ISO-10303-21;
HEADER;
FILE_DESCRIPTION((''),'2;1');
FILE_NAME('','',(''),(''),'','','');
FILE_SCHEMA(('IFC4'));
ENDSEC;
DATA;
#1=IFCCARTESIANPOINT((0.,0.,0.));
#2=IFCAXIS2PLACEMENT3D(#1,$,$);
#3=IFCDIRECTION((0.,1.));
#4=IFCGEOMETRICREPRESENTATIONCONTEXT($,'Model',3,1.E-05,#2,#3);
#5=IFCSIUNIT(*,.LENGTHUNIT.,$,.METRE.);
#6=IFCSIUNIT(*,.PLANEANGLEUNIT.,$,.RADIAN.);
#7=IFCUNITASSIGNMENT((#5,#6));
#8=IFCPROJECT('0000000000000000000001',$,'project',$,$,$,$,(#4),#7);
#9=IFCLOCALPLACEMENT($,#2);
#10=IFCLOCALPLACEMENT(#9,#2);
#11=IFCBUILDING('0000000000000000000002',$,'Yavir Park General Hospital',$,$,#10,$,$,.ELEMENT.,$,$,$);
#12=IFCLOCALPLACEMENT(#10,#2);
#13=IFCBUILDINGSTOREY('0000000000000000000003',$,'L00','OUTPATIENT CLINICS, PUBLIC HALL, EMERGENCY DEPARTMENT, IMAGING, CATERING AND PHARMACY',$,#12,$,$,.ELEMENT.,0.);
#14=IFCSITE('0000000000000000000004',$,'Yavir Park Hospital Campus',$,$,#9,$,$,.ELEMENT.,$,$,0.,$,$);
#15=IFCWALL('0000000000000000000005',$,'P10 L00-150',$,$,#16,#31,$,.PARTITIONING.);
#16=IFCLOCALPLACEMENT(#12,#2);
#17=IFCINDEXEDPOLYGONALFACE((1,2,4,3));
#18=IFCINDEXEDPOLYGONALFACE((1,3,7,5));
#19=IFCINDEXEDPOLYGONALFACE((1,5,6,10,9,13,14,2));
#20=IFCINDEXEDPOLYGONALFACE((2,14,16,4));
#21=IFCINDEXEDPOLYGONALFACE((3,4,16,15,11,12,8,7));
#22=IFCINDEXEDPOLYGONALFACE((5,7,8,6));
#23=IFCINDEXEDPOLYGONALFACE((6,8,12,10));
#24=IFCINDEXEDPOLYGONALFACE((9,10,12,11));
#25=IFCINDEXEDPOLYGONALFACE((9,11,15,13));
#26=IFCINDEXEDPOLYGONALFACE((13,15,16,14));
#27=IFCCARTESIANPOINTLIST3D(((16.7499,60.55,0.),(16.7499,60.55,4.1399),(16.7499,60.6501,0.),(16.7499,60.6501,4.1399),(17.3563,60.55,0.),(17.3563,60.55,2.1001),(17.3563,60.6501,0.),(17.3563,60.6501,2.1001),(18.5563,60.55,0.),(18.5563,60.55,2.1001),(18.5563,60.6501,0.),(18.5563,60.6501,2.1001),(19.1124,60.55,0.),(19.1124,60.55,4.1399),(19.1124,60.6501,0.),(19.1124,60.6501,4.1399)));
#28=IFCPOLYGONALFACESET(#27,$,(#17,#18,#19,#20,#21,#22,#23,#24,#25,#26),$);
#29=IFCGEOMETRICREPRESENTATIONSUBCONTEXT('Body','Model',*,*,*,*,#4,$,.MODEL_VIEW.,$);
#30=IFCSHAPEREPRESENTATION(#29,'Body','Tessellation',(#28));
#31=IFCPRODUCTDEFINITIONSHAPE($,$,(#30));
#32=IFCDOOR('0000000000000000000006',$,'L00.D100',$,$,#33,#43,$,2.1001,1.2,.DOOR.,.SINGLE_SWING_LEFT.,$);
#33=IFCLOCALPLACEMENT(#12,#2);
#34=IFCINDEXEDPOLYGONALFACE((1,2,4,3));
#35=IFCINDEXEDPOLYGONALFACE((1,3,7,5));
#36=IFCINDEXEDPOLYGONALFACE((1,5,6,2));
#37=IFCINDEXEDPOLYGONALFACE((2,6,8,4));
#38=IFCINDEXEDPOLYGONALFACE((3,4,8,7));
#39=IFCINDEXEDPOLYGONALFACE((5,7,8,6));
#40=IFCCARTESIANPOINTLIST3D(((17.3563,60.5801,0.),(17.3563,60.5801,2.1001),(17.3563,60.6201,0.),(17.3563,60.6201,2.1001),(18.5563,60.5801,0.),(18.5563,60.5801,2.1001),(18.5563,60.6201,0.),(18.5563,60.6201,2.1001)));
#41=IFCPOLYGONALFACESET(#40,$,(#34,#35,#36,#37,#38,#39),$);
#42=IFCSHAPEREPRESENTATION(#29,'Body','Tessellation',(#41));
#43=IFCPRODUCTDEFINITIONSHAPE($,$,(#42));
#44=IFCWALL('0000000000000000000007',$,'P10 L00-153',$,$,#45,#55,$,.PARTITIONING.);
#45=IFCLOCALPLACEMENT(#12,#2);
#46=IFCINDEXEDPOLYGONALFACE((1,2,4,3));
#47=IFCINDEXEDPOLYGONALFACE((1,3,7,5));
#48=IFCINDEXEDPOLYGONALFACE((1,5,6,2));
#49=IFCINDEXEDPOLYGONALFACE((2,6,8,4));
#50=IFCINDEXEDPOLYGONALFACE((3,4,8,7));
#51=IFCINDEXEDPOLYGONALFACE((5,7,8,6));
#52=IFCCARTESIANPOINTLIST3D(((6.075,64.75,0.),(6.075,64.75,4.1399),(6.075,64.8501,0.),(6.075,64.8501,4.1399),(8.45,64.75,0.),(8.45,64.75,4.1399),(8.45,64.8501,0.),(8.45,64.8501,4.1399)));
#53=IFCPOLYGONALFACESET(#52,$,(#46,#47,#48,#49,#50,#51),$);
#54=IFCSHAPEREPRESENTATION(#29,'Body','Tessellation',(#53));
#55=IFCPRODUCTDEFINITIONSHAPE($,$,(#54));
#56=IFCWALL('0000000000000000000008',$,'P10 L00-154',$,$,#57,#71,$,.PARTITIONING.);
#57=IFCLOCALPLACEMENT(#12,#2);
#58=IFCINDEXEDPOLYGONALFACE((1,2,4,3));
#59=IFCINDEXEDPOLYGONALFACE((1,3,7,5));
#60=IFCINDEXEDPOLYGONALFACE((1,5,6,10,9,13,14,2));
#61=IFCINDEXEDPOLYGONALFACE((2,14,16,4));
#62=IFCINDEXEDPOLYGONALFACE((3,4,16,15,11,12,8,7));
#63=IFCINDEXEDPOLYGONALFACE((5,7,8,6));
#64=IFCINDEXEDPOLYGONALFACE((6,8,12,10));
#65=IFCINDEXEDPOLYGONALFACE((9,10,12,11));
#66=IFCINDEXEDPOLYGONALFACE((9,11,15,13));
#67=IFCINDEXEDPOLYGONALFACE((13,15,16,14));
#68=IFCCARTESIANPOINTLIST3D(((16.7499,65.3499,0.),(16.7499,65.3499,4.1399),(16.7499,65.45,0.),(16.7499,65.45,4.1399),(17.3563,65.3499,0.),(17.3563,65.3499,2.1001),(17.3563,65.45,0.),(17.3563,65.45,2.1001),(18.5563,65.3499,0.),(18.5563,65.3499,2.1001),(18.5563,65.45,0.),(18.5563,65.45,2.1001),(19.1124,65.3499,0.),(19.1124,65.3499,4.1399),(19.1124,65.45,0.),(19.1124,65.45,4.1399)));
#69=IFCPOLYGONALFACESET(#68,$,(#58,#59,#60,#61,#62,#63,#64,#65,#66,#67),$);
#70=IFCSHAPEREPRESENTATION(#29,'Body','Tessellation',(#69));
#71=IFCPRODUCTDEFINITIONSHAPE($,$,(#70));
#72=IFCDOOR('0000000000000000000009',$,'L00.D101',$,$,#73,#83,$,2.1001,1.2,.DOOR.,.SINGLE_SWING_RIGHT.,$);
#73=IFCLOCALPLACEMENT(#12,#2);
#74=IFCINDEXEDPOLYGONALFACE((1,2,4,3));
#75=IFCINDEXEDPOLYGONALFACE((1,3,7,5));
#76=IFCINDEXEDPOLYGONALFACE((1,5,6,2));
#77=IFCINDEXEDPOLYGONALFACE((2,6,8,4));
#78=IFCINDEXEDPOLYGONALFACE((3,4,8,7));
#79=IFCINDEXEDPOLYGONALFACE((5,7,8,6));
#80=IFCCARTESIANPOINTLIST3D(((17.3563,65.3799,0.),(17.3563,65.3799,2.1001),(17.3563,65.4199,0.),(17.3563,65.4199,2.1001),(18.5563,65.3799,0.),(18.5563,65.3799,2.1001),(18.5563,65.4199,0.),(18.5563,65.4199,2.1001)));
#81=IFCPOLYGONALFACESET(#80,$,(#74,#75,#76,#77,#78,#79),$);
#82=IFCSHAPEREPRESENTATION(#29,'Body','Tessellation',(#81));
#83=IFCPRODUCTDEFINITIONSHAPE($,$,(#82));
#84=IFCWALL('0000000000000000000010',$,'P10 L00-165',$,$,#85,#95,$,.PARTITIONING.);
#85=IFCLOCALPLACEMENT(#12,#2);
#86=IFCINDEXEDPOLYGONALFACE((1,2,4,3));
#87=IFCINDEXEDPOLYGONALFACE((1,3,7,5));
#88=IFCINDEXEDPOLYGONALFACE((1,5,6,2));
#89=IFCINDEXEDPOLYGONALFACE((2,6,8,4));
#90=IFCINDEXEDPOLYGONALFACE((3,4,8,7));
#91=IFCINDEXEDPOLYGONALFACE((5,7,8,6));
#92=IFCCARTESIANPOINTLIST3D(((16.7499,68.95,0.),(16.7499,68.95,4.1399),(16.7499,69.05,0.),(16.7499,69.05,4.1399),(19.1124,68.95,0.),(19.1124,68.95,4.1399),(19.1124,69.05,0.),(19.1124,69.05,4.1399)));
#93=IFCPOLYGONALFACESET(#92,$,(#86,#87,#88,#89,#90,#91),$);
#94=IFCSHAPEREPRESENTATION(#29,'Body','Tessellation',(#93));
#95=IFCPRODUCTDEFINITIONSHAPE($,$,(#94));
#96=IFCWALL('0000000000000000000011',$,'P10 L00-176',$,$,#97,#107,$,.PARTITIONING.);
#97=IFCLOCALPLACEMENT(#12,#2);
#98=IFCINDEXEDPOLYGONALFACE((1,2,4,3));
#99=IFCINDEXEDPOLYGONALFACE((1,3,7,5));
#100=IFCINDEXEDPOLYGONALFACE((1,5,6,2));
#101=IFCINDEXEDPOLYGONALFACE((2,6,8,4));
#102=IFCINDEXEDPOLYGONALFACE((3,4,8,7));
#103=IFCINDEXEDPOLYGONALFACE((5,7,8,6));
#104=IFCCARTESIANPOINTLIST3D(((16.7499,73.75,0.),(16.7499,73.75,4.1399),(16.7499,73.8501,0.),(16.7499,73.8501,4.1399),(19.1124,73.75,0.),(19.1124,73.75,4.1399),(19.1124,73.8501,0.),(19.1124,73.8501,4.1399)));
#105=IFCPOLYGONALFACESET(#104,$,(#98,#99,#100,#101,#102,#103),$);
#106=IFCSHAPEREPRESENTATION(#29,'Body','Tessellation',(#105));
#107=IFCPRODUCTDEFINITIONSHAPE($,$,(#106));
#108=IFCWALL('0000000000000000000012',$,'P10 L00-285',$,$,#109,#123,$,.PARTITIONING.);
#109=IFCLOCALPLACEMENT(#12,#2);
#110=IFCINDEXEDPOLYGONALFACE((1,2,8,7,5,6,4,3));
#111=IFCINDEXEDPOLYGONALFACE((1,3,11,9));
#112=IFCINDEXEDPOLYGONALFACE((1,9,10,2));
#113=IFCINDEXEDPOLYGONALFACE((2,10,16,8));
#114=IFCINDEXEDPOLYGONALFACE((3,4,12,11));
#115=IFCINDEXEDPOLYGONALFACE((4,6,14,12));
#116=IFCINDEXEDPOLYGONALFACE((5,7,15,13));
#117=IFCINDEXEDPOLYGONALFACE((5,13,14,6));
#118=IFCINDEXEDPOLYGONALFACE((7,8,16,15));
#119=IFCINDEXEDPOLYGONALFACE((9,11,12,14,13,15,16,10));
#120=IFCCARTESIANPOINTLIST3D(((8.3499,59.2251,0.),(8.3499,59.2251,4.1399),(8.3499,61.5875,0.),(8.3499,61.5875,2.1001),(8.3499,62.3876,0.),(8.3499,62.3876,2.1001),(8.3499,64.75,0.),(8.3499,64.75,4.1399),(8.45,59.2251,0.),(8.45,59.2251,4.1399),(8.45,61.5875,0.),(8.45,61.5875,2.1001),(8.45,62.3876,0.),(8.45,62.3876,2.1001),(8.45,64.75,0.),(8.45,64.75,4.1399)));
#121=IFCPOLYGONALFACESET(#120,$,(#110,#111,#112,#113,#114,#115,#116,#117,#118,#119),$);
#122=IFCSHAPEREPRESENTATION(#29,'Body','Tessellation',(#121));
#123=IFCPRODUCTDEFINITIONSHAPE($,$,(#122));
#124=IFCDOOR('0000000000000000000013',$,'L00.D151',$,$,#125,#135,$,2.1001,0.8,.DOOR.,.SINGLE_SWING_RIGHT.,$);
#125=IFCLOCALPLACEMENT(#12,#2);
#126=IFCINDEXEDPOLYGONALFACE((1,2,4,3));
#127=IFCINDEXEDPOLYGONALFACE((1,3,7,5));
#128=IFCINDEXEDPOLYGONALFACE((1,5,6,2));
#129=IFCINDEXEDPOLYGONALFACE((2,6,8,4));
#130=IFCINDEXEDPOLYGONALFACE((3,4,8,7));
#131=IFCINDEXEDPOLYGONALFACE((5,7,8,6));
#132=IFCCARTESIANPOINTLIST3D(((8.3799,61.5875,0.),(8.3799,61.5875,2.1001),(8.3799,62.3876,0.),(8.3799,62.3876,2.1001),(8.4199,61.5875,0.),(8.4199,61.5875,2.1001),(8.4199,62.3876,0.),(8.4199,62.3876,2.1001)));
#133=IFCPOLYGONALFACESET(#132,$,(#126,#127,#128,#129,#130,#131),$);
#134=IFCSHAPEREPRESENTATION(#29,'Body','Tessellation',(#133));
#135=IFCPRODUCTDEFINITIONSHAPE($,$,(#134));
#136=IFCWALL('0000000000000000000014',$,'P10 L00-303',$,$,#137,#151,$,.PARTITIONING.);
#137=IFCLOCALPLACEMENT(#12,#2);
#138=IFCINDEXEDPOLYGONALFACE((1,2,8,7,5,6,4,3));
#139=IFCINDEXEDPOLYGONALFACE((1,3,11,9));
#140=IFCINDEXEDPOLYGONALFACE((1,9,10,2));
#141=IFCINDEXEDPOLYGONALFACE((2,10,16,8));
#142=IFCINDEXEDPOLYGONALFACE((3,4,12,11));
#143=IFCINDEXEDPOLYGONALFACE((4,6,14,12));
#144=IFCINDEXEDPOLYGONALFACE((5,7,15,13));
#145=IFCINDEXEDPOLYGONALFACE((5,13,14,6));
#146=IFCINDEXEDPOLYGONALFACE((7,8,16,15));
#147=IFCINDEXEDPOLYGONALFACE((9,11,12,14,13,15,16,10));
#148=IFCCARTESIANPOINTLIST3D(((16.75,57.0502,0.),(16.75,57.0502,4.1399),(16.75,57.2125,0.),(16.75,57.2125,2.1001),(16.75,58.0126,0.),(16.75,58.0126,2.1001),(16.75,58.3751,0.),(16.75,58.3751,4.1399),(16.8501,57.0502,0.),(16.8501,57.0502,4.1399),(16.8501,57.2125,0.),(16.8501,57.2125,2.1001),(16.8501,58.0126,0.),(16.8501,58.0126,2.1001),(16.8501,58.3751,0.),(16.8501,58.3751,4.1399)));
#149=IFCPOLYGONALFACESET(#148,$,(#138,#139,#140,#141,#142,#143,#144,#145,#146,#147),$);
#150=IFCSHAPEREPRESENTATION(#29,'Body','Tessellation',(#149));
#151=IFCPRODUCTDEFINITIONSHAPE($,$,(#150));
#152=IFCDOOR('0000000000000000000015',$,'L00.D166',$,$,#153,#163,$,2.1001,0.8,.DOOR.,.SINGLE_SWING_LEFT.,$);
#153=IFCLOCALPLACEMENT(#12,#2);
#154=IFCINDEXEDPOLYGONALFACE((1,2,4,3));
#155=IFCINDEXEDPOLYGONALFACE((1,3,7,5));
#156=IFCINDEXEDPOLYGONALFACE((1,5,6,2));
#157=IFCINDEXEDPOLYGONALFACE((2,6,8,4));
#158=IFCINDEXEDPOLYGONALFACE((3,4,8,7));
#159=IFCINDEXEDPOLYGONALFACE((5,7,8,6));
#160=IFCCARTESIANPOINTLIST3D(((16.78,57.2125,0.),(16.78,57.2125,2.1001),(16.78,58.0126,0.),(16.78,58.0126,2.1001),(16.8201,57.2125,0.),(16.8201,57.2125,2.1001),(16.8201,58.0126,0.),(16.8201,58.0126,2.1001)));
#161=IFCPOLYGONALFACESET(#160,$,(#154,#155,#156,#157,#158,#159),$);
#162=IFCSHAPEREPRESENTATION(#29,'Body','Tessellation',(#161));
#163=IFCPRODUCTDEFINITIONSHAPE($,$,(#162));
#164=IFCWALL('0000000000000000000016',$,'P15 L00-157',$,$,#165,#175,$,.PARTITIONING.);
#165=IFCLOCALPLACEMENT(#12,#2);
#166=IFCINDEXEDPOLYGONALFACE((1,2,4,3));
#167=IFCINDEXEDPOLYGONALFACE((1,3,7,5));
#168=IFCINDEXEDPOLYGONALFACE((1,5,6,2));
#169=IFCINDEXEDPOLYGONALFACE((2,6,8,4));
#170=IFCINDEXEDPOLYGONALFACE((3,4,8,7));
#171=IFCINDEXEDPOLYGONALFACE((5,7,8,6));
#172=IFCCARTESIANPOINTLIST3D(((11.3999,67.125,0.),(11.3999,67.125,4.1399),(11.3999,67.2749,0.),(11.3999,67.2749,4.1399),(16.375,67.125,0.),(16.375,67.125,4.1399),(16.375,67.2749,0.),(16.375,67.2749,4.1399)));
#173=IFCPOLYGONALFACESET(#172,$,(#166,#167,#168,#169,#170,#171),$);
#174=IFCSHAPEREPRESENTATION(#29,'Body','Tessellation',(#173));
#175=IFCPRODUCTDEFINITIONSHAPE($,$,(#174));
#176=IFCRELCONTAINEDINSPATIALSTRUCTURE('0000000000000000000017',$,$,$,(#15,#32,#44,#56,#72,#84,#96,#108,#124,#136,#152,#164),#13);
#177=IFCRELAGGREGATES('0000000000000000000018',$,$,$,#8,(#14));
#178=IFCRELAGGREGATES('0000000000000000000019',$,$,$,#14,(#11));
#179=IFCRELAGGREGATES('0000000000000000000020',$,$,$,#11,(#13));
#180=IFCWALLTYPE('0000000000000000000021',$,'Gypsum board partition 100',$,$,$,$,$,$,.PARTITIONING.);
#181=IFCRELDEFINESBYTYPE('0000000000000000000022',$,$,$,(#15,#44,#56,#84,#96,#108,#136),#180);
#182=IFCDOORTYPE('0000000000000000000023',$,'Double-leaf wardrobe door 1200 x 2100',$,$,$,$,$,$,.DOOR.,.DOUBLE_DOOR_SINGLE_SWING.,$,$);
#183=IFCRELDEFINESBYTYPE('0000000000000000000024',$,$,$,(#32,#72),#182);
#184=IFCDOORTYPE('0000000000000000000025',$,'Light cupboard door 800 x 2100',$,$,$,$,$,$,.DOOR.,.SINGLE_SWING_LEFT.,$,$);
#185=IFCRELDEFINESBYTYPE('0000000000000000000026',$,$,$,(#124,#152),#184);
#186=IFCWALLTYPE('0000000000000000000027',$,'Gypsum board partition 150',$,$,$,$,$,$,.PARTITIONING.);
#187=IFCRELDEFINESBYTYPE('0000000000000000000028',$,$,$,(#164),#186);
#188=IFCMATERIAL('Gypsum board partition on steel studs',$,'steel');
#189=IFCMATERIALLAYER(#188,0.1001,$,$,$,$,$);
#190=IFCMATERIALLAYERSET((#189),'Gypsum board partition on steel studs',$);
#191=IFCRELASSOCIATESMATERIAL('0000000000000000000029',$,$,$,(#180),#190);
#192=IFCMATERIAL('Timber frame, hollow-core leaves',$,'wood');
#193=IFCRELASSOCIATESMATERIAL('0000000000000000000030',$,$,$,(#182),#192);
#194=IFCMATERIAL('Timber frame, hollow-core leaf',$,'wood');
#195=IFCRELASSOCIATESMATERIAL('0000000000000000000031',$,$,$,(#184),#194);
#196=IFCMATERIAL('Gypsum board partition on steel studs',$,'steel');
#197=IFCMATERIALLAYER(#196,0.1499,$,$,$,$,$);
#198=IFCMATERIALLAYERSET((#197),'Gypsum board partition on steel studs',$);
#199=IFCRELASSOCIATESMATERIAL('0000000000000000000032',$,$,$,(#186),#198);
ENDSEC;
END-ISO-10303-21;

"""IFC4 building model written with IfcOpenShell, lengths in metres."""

from ifc_helpers import new_model, si_unit, direction, frame, frame_2d, origin, place, context, subcontext, project, spatial, rectangle, extrude, material, layer, layer_set, type_object, element, fill, save


model = new_model("IFC4")

# Units and contexts
model_context = context("Model", 3, precision=1e-05, world=origin(), true_north=direction((0.0, 1.0)))
body_context = subcontext(model_context, "Body", "Model", "MODEL_VIEW")
ifc_project = project(units=[si_unit("LENGTHUNIT", "METRE"), si_unit("PLANEANGLEUNIT", "RADIAN")], contexts=[model_context])

# Site, building, storey
site_placement = place(None, origin())
site = spatial("IfcSite", under=ifc_project, at=site_placement, Name="Yavir Park Hospital Campus", CompositionType="ELEMENT", RefElevation=0.0)
building_placement = place(site_placement, origin())
building = spatial("IfcBuilding", under=site, at=building_placement, Name="Yavir Park General Hospital", CompositionType="ELEMENT")
storey_placement = place(building_placement, origin())
storey = spatial("IfcBuildingStorey", under=building, at=storey_placement, Name="L00", Description="OUTPATIENT CLINICS, PUBLIC HALL, EMERGENCY DEPARTMENT, IMAGING, CATERING AND PHARMACY", CompositionType="ELEMENT", Elevation=0.0)

# Shared definitions
ifc_material_1 = material(Name="Gypsum board partition on steel studs", Category="steel")
ifc_layer_1 = layer(ifc_material_1, 0.1001)
ifc_layer_set_1 = layer_set([ifc_layer_1], Name="Gypsum board partition on steel studs")
wall_type_1 = type_object("IfcWallType", Name="Gypsum board partition 100", PredefinedType="PARTITIONING", material=ifc_layer_set_1)

# Wall, opening, door
wall_1_placement = place(storey_placement, frame((16.75, 60.6001, 0.0), z_axis=(0.0, 0.0, 1.0), x_axis=(1.0, 0.0, 0.0)))
wall_1 = element("IfcWall", 1, at=wall_1_placement, inside=storey, type_object=wall_type_1, Name="P10 L00-150", PredefinedType="PARTITIONING", context=body_context, shape_type="SweptSolid", body=[
    extrude(rectangle(XDim=2.3625, YDim=0.1001, at=frame_2d((1.1812, 0.0))), origin(), (0.0, 0.0, 1.0), 4.1399),
])
opening_1_placement = place(wall_1_placement, frame((0.6062, 0.0, 0.0)))
opening_1 = element("IfcOpeningElement", 2, at=opening_1_placement, cuts=wall_1, PredefinedType="OPENING", context=body_context, shape_type="SweptSolid", body=[
    extrude(rectangle(XDim=1.2, YDim=2.1001, at=frame_2d((0.6001, 1.05))), frame((0.0, 0.0601, 0.0), z_axis=(0.0, -1.0, 0.0), x_axis=(1.0, 0.0, 0.0)), (0.0, 0.0, 1.0), 0.1201),
])
ifc_material_2 = material(Name="Timber frame, hollow-core leaves", Category="wood")
door_type_1 = type_object("IfcDoorType", Name="Double-leaf wardrobe door 1200 x 2100", OperationType="DOUBLE_DOOR_SINGLE_SWING", PredefinedType="DOOR", material=ifc_material_2)
door_1_placement = place(opening_1_placement, origin())
door_1 = element("IfcDoor", 3, at=door_1_placement, inside=storey, type_object=door_type_1, Name="L00.D100", OperationType="SINGLE_SWING_LEFT", OverallHeight=2.1001, OverallWidth=1.2, PredefinedType="DOOR", context=body_context, shape_type="SweptSolid", body=[
    extrude(rectangle(XDim=1.2, YDim=2.1001, at=frame_2d((0.6001, 1.05))), frame((0.0, 0.02, 0.0), z_axis=(0.0, -1.0, 0.0), x_axis=(1.0, 0.0, 0.0)), (0.0, 0.0, 1.0), 0.04),
])
fill(opening_1, door_1)

# Wall
wall_2_placement = place(storey_placement, frame((6.075, 64.8, 0.0), z_axis=(0.0, 0.0, 1.0), x_axis=(1.0, 0.0, 0.0)))
element("IfcWall", 4, at=wall_2_placement, inside=storey, type_object=wall_type_1, Name="P10 L00-153", PredefinedType="PARTITIONING", context=body_context, shape_type="SweptSolid", body=[
    extrude(rectangle(XDim=2.375, YDim=0.1001, at=frame_2d((1.1875, 0.0))), origin(), (0.0, 0.0, 1.0), 4.1399),
])

# Wall, opening, door
wall_3_placement = place(storey_placement, frame((16.75, 65.3999, 0.0), z_axis=(0.0, 0.0, 1.0), x_axis=(1.0, 0.0, 0.0)))
wall_3 = element("IfcWall", 5, at=wall_3_placement, inside=storey, type_object=wall_type_1, Name="P10 L00-154", PredefinedType="PARTITIONING", context=body_context, shape_type="SweptSolid", body=[
    extrude(rectangle(XDim=2.3625, YDim=0.1001, at=frame_2d((1.1812, 0.0))), origin(), (0.0, 0.0, 1.0), 4.1399),
])
opening_2_placement = place(wall_3_placement, frame((0.6062, 0.0, 0.0)))
opening_2 = element("IfcOpeningElement", 6, at=opening_2_placement, cuts=wall_3, PredefinedType="OPENING", context=body_context, shape_type="SweptSolid", body=[
    extrude(rectangle(XDim=1.2, YDim=2.1001, at=frame_2d((0.6001, 1.05))), frame((0.0, 0.0601, 0.0), z_axis=(0.0, -1.0, 0.0), x_axis=(1.0, 0.0, 0.0)), (0.0, 0.0, 1.0), 0.1201),
])
door_2_placement = place(opening_2_placement, origin())
door_2 = element("IfcDoor", 7, at=door_2_placement, inside=storey, type_object=door_type_1, Name="L00.D101", OperationType="SINGLE_SWING_RIGHT", OverallHeight=2.1001, OverallWidth=1.2, PredefinedType="DOOR", context=body_context, shape_type="SweptSolid", body=[
    extrude(rectangle(XDim=1.2, YDim=2.1001, at=frame_2d((0.6001, 1.05))), frame((0.0, 0.02, 0.0), z_axis=(0.0, -1.0, 0.0), x_axis=(1.0, 0.0, 0.0)), (0.0, 0.0, 1.0), 0.04),
])
fill(opening_2, door_2)

# Walls
for number, where, z_axis, x_axis, name in (
    (8, (16.75, 69.0, 0.0), (0.0, 0.0, 1.0), (1.0, 0.0, 0.0), "P10 L00-165"),
    (9, (16.75, 73.8, 0.0), (0.0, 0.0, 1.0), (1.0, 0.0, 0.0), "P10 L00-176"),
):
    element("IfcWall", number, at=place(storey_placement, frame(where, z_axis=z_axis, x_axis=x_axis)), inside=storey, type_object=wall_type_1, Name=name, PredefinedType="PARTITIONING", context=body_context, shape_type="SweptSolid", body=[
        extrude(rectangle(XDim=2.3625, YDim=0.1001, at=frame_2d((1.1812, 0.0))), origin(), (0.0, 0.0, 1.0), 4.1399),
    ])

# Walls, openings, doors
wall_4_placement = place(storey_placement, frame((8.3999, 59.2251, 0.0), z_axis=(0.0, 0.0, 1.0), x_axis=(0.0, 1.0, 0.0)))
wall_4 = element("IfcWall", 10, at=wall_4_placement, inside=storey, type_object=wall_type_1, Name="P10 L00-285", PredefinedType="PARTITIONING", context=body_context, shape_type="SweptSolid", body=[
    extrude(rectangle(XDim=5.5249, YDim=0.1001, at=frame_2d((2.7625, 0.0))), origin(), (0.0, 0.0, 1.0), 4.1399),
])
opening_3_placement = place(wall_4_placement, frame((2.3625, 0.0, 0.0)))
opening_3 = element("IfcOpeningElement", 11, at=opening_3_placement, cuts=wall_4, PredefinedType="OPENING", context=body_context, shape_type="SweptSolid", body=[
    extrude(rectangle(XDim=0.8, YDim=2.1001, at=frame_2d((0.3999, 1.05))), frame((0.0, 0.0601, 0.0), z_axis=(0.0, -1.0, 0.0), x_axis=(1.0, 0.0, 0.0)), (0.0, 0.0, 1.0), 0.1201),
])
ifc_material_3 = material(Name="Timber frame, hollow-core leaf", Category="wood")
door_type_2 = type_object("IfcDoorType", Name="Light cupboard door 800 x 2100", OperationType="SINGLE_SWING_LEFT", PredefinedType="DOOR", material=ifc_material_3)
door_3_placement = place(opening_3_placement, origin())
door_3 = element("IfcDoor", 12, at=door_3_placement, inside=storey, type_object=door_type_2, Name="L00.D151", OperationType="SINGLE_SWING_RIGHT", OverallHeight=2.1001, OverallWidth=0.8, PredefinedType="DOOR", context=body_context, shape_type="SweptSolid", body=[
    extrude(rectangle(XDim=0.8, YDim=2.1001, at=frame_2d((0.3999, 1.05))), frame((0.0, 0.02, 0.0), z_axis=(0.0, -1.0, 0.0), x_axis=(1.0, 0.0, 0.0)), (0.0, 0.0, 1.0), 0.04),
])
fill(opening_3, door_3)
wall_5_placement = place(storey_placement, frame((16.8, 57.05, 0.0), z_axis=(0.0, 0.0, 1.0), x_axis=(0.0, 1.0, 0.0)))
wall_5 = element("IfcWall", 13, at=wall_5_placement, inside=storey, type_object=wall_type_1, Name="P10 L00-303", PredefinedType="PARTITIONING", context=body_context, shape_type="SweptSolid", body=[
    extrude(rectangle(XDim=1.325, YDim=0.1001, at=frame_2d((0.6626, 0.0))), origin(), (0.0, 0.0, 1.0), 4.1399),
])
opening_4_placement = place(wall_5_placement, frame((0.1626, 0.0, 0.0)))
opening_4 = element("IfcOpeningElement", 14, at=opening_4_placement, cuts=wall_5, PredefinedType="OPENING", context=body_context, shape_type="SweptSolid", body=[
    extrude(rectangle(XDim=0.8, YDim=2.1001, at=frame_2d((0.3999, 1.05))), frame((0.0, 0.0601, 0.0), z_axis=(0.0, -1.0, 0.0), x_axis=(1.0, 0.0, 0.0)), (0.0, 0.0, 1.0), 0.1201),
])
door_4_placement = place(opening_4_placement, origin())
door_4 = element("IfcDoor", 15, at=door_4_placement, inside=storey, type_object=door_type_2, Name="L00.D166", OperationType="SINGLE_SWING_LEFT", OverallHeight=2.1001, OverallWidth=0.8, PredefinedType="DOOR", context=body_context, shape_type="SweptSolid", body=[
    extrude(rectangle(XDim=0.8, YDim=2.1001, at=frame_2d((0.3999, 1.05))), frame((0.0, 0.02, 0.0), z_axis=(0.0, -1.0, 0.0), x_axis=(1.0, 0.0, 0.0)), (0.0, 0.0, 1.0), 0.04),
])
fill(opening_4, door_4)

# Wall
ifc_material_4 = material(Name="Gypsum board partition on steel studs", Category="steel")
ifc_layer_2 = layer(ifc_material_4, 0.1499)
ifc_layer_set_2 = layer_set([ifc_layer_2], Name="Gypsum board partition on steel studs")
wall_type_2 = type_object("IfcWallType", Name="Gypsum board partition 150", PredefinedType="PARTITIONING", material=ifc_layer_set_2)
wall_6_placement = place(storey_placement, frame((11.3999, 67.2, 0.0), z_axis=(0.0, 0.0, 1.0), x_axis=(1.0, 0.0, 0.0)))
element("IfcWall", 16, at=wall_6_placement, inside=storey, type_object=wall_type_2, Name="P15 L00-157", PredefinedType="PARTITIONING", context=body_context, shape_type="SweptSolid", body=[
    extrude(rectangle(XDim=4.9751, YDim=0.1499, at=frame_2d((2.4875, 0.0))), origin(), (0.0, 0.0, 1.0), 4.1399),
])

save(model, "model.ifc")
